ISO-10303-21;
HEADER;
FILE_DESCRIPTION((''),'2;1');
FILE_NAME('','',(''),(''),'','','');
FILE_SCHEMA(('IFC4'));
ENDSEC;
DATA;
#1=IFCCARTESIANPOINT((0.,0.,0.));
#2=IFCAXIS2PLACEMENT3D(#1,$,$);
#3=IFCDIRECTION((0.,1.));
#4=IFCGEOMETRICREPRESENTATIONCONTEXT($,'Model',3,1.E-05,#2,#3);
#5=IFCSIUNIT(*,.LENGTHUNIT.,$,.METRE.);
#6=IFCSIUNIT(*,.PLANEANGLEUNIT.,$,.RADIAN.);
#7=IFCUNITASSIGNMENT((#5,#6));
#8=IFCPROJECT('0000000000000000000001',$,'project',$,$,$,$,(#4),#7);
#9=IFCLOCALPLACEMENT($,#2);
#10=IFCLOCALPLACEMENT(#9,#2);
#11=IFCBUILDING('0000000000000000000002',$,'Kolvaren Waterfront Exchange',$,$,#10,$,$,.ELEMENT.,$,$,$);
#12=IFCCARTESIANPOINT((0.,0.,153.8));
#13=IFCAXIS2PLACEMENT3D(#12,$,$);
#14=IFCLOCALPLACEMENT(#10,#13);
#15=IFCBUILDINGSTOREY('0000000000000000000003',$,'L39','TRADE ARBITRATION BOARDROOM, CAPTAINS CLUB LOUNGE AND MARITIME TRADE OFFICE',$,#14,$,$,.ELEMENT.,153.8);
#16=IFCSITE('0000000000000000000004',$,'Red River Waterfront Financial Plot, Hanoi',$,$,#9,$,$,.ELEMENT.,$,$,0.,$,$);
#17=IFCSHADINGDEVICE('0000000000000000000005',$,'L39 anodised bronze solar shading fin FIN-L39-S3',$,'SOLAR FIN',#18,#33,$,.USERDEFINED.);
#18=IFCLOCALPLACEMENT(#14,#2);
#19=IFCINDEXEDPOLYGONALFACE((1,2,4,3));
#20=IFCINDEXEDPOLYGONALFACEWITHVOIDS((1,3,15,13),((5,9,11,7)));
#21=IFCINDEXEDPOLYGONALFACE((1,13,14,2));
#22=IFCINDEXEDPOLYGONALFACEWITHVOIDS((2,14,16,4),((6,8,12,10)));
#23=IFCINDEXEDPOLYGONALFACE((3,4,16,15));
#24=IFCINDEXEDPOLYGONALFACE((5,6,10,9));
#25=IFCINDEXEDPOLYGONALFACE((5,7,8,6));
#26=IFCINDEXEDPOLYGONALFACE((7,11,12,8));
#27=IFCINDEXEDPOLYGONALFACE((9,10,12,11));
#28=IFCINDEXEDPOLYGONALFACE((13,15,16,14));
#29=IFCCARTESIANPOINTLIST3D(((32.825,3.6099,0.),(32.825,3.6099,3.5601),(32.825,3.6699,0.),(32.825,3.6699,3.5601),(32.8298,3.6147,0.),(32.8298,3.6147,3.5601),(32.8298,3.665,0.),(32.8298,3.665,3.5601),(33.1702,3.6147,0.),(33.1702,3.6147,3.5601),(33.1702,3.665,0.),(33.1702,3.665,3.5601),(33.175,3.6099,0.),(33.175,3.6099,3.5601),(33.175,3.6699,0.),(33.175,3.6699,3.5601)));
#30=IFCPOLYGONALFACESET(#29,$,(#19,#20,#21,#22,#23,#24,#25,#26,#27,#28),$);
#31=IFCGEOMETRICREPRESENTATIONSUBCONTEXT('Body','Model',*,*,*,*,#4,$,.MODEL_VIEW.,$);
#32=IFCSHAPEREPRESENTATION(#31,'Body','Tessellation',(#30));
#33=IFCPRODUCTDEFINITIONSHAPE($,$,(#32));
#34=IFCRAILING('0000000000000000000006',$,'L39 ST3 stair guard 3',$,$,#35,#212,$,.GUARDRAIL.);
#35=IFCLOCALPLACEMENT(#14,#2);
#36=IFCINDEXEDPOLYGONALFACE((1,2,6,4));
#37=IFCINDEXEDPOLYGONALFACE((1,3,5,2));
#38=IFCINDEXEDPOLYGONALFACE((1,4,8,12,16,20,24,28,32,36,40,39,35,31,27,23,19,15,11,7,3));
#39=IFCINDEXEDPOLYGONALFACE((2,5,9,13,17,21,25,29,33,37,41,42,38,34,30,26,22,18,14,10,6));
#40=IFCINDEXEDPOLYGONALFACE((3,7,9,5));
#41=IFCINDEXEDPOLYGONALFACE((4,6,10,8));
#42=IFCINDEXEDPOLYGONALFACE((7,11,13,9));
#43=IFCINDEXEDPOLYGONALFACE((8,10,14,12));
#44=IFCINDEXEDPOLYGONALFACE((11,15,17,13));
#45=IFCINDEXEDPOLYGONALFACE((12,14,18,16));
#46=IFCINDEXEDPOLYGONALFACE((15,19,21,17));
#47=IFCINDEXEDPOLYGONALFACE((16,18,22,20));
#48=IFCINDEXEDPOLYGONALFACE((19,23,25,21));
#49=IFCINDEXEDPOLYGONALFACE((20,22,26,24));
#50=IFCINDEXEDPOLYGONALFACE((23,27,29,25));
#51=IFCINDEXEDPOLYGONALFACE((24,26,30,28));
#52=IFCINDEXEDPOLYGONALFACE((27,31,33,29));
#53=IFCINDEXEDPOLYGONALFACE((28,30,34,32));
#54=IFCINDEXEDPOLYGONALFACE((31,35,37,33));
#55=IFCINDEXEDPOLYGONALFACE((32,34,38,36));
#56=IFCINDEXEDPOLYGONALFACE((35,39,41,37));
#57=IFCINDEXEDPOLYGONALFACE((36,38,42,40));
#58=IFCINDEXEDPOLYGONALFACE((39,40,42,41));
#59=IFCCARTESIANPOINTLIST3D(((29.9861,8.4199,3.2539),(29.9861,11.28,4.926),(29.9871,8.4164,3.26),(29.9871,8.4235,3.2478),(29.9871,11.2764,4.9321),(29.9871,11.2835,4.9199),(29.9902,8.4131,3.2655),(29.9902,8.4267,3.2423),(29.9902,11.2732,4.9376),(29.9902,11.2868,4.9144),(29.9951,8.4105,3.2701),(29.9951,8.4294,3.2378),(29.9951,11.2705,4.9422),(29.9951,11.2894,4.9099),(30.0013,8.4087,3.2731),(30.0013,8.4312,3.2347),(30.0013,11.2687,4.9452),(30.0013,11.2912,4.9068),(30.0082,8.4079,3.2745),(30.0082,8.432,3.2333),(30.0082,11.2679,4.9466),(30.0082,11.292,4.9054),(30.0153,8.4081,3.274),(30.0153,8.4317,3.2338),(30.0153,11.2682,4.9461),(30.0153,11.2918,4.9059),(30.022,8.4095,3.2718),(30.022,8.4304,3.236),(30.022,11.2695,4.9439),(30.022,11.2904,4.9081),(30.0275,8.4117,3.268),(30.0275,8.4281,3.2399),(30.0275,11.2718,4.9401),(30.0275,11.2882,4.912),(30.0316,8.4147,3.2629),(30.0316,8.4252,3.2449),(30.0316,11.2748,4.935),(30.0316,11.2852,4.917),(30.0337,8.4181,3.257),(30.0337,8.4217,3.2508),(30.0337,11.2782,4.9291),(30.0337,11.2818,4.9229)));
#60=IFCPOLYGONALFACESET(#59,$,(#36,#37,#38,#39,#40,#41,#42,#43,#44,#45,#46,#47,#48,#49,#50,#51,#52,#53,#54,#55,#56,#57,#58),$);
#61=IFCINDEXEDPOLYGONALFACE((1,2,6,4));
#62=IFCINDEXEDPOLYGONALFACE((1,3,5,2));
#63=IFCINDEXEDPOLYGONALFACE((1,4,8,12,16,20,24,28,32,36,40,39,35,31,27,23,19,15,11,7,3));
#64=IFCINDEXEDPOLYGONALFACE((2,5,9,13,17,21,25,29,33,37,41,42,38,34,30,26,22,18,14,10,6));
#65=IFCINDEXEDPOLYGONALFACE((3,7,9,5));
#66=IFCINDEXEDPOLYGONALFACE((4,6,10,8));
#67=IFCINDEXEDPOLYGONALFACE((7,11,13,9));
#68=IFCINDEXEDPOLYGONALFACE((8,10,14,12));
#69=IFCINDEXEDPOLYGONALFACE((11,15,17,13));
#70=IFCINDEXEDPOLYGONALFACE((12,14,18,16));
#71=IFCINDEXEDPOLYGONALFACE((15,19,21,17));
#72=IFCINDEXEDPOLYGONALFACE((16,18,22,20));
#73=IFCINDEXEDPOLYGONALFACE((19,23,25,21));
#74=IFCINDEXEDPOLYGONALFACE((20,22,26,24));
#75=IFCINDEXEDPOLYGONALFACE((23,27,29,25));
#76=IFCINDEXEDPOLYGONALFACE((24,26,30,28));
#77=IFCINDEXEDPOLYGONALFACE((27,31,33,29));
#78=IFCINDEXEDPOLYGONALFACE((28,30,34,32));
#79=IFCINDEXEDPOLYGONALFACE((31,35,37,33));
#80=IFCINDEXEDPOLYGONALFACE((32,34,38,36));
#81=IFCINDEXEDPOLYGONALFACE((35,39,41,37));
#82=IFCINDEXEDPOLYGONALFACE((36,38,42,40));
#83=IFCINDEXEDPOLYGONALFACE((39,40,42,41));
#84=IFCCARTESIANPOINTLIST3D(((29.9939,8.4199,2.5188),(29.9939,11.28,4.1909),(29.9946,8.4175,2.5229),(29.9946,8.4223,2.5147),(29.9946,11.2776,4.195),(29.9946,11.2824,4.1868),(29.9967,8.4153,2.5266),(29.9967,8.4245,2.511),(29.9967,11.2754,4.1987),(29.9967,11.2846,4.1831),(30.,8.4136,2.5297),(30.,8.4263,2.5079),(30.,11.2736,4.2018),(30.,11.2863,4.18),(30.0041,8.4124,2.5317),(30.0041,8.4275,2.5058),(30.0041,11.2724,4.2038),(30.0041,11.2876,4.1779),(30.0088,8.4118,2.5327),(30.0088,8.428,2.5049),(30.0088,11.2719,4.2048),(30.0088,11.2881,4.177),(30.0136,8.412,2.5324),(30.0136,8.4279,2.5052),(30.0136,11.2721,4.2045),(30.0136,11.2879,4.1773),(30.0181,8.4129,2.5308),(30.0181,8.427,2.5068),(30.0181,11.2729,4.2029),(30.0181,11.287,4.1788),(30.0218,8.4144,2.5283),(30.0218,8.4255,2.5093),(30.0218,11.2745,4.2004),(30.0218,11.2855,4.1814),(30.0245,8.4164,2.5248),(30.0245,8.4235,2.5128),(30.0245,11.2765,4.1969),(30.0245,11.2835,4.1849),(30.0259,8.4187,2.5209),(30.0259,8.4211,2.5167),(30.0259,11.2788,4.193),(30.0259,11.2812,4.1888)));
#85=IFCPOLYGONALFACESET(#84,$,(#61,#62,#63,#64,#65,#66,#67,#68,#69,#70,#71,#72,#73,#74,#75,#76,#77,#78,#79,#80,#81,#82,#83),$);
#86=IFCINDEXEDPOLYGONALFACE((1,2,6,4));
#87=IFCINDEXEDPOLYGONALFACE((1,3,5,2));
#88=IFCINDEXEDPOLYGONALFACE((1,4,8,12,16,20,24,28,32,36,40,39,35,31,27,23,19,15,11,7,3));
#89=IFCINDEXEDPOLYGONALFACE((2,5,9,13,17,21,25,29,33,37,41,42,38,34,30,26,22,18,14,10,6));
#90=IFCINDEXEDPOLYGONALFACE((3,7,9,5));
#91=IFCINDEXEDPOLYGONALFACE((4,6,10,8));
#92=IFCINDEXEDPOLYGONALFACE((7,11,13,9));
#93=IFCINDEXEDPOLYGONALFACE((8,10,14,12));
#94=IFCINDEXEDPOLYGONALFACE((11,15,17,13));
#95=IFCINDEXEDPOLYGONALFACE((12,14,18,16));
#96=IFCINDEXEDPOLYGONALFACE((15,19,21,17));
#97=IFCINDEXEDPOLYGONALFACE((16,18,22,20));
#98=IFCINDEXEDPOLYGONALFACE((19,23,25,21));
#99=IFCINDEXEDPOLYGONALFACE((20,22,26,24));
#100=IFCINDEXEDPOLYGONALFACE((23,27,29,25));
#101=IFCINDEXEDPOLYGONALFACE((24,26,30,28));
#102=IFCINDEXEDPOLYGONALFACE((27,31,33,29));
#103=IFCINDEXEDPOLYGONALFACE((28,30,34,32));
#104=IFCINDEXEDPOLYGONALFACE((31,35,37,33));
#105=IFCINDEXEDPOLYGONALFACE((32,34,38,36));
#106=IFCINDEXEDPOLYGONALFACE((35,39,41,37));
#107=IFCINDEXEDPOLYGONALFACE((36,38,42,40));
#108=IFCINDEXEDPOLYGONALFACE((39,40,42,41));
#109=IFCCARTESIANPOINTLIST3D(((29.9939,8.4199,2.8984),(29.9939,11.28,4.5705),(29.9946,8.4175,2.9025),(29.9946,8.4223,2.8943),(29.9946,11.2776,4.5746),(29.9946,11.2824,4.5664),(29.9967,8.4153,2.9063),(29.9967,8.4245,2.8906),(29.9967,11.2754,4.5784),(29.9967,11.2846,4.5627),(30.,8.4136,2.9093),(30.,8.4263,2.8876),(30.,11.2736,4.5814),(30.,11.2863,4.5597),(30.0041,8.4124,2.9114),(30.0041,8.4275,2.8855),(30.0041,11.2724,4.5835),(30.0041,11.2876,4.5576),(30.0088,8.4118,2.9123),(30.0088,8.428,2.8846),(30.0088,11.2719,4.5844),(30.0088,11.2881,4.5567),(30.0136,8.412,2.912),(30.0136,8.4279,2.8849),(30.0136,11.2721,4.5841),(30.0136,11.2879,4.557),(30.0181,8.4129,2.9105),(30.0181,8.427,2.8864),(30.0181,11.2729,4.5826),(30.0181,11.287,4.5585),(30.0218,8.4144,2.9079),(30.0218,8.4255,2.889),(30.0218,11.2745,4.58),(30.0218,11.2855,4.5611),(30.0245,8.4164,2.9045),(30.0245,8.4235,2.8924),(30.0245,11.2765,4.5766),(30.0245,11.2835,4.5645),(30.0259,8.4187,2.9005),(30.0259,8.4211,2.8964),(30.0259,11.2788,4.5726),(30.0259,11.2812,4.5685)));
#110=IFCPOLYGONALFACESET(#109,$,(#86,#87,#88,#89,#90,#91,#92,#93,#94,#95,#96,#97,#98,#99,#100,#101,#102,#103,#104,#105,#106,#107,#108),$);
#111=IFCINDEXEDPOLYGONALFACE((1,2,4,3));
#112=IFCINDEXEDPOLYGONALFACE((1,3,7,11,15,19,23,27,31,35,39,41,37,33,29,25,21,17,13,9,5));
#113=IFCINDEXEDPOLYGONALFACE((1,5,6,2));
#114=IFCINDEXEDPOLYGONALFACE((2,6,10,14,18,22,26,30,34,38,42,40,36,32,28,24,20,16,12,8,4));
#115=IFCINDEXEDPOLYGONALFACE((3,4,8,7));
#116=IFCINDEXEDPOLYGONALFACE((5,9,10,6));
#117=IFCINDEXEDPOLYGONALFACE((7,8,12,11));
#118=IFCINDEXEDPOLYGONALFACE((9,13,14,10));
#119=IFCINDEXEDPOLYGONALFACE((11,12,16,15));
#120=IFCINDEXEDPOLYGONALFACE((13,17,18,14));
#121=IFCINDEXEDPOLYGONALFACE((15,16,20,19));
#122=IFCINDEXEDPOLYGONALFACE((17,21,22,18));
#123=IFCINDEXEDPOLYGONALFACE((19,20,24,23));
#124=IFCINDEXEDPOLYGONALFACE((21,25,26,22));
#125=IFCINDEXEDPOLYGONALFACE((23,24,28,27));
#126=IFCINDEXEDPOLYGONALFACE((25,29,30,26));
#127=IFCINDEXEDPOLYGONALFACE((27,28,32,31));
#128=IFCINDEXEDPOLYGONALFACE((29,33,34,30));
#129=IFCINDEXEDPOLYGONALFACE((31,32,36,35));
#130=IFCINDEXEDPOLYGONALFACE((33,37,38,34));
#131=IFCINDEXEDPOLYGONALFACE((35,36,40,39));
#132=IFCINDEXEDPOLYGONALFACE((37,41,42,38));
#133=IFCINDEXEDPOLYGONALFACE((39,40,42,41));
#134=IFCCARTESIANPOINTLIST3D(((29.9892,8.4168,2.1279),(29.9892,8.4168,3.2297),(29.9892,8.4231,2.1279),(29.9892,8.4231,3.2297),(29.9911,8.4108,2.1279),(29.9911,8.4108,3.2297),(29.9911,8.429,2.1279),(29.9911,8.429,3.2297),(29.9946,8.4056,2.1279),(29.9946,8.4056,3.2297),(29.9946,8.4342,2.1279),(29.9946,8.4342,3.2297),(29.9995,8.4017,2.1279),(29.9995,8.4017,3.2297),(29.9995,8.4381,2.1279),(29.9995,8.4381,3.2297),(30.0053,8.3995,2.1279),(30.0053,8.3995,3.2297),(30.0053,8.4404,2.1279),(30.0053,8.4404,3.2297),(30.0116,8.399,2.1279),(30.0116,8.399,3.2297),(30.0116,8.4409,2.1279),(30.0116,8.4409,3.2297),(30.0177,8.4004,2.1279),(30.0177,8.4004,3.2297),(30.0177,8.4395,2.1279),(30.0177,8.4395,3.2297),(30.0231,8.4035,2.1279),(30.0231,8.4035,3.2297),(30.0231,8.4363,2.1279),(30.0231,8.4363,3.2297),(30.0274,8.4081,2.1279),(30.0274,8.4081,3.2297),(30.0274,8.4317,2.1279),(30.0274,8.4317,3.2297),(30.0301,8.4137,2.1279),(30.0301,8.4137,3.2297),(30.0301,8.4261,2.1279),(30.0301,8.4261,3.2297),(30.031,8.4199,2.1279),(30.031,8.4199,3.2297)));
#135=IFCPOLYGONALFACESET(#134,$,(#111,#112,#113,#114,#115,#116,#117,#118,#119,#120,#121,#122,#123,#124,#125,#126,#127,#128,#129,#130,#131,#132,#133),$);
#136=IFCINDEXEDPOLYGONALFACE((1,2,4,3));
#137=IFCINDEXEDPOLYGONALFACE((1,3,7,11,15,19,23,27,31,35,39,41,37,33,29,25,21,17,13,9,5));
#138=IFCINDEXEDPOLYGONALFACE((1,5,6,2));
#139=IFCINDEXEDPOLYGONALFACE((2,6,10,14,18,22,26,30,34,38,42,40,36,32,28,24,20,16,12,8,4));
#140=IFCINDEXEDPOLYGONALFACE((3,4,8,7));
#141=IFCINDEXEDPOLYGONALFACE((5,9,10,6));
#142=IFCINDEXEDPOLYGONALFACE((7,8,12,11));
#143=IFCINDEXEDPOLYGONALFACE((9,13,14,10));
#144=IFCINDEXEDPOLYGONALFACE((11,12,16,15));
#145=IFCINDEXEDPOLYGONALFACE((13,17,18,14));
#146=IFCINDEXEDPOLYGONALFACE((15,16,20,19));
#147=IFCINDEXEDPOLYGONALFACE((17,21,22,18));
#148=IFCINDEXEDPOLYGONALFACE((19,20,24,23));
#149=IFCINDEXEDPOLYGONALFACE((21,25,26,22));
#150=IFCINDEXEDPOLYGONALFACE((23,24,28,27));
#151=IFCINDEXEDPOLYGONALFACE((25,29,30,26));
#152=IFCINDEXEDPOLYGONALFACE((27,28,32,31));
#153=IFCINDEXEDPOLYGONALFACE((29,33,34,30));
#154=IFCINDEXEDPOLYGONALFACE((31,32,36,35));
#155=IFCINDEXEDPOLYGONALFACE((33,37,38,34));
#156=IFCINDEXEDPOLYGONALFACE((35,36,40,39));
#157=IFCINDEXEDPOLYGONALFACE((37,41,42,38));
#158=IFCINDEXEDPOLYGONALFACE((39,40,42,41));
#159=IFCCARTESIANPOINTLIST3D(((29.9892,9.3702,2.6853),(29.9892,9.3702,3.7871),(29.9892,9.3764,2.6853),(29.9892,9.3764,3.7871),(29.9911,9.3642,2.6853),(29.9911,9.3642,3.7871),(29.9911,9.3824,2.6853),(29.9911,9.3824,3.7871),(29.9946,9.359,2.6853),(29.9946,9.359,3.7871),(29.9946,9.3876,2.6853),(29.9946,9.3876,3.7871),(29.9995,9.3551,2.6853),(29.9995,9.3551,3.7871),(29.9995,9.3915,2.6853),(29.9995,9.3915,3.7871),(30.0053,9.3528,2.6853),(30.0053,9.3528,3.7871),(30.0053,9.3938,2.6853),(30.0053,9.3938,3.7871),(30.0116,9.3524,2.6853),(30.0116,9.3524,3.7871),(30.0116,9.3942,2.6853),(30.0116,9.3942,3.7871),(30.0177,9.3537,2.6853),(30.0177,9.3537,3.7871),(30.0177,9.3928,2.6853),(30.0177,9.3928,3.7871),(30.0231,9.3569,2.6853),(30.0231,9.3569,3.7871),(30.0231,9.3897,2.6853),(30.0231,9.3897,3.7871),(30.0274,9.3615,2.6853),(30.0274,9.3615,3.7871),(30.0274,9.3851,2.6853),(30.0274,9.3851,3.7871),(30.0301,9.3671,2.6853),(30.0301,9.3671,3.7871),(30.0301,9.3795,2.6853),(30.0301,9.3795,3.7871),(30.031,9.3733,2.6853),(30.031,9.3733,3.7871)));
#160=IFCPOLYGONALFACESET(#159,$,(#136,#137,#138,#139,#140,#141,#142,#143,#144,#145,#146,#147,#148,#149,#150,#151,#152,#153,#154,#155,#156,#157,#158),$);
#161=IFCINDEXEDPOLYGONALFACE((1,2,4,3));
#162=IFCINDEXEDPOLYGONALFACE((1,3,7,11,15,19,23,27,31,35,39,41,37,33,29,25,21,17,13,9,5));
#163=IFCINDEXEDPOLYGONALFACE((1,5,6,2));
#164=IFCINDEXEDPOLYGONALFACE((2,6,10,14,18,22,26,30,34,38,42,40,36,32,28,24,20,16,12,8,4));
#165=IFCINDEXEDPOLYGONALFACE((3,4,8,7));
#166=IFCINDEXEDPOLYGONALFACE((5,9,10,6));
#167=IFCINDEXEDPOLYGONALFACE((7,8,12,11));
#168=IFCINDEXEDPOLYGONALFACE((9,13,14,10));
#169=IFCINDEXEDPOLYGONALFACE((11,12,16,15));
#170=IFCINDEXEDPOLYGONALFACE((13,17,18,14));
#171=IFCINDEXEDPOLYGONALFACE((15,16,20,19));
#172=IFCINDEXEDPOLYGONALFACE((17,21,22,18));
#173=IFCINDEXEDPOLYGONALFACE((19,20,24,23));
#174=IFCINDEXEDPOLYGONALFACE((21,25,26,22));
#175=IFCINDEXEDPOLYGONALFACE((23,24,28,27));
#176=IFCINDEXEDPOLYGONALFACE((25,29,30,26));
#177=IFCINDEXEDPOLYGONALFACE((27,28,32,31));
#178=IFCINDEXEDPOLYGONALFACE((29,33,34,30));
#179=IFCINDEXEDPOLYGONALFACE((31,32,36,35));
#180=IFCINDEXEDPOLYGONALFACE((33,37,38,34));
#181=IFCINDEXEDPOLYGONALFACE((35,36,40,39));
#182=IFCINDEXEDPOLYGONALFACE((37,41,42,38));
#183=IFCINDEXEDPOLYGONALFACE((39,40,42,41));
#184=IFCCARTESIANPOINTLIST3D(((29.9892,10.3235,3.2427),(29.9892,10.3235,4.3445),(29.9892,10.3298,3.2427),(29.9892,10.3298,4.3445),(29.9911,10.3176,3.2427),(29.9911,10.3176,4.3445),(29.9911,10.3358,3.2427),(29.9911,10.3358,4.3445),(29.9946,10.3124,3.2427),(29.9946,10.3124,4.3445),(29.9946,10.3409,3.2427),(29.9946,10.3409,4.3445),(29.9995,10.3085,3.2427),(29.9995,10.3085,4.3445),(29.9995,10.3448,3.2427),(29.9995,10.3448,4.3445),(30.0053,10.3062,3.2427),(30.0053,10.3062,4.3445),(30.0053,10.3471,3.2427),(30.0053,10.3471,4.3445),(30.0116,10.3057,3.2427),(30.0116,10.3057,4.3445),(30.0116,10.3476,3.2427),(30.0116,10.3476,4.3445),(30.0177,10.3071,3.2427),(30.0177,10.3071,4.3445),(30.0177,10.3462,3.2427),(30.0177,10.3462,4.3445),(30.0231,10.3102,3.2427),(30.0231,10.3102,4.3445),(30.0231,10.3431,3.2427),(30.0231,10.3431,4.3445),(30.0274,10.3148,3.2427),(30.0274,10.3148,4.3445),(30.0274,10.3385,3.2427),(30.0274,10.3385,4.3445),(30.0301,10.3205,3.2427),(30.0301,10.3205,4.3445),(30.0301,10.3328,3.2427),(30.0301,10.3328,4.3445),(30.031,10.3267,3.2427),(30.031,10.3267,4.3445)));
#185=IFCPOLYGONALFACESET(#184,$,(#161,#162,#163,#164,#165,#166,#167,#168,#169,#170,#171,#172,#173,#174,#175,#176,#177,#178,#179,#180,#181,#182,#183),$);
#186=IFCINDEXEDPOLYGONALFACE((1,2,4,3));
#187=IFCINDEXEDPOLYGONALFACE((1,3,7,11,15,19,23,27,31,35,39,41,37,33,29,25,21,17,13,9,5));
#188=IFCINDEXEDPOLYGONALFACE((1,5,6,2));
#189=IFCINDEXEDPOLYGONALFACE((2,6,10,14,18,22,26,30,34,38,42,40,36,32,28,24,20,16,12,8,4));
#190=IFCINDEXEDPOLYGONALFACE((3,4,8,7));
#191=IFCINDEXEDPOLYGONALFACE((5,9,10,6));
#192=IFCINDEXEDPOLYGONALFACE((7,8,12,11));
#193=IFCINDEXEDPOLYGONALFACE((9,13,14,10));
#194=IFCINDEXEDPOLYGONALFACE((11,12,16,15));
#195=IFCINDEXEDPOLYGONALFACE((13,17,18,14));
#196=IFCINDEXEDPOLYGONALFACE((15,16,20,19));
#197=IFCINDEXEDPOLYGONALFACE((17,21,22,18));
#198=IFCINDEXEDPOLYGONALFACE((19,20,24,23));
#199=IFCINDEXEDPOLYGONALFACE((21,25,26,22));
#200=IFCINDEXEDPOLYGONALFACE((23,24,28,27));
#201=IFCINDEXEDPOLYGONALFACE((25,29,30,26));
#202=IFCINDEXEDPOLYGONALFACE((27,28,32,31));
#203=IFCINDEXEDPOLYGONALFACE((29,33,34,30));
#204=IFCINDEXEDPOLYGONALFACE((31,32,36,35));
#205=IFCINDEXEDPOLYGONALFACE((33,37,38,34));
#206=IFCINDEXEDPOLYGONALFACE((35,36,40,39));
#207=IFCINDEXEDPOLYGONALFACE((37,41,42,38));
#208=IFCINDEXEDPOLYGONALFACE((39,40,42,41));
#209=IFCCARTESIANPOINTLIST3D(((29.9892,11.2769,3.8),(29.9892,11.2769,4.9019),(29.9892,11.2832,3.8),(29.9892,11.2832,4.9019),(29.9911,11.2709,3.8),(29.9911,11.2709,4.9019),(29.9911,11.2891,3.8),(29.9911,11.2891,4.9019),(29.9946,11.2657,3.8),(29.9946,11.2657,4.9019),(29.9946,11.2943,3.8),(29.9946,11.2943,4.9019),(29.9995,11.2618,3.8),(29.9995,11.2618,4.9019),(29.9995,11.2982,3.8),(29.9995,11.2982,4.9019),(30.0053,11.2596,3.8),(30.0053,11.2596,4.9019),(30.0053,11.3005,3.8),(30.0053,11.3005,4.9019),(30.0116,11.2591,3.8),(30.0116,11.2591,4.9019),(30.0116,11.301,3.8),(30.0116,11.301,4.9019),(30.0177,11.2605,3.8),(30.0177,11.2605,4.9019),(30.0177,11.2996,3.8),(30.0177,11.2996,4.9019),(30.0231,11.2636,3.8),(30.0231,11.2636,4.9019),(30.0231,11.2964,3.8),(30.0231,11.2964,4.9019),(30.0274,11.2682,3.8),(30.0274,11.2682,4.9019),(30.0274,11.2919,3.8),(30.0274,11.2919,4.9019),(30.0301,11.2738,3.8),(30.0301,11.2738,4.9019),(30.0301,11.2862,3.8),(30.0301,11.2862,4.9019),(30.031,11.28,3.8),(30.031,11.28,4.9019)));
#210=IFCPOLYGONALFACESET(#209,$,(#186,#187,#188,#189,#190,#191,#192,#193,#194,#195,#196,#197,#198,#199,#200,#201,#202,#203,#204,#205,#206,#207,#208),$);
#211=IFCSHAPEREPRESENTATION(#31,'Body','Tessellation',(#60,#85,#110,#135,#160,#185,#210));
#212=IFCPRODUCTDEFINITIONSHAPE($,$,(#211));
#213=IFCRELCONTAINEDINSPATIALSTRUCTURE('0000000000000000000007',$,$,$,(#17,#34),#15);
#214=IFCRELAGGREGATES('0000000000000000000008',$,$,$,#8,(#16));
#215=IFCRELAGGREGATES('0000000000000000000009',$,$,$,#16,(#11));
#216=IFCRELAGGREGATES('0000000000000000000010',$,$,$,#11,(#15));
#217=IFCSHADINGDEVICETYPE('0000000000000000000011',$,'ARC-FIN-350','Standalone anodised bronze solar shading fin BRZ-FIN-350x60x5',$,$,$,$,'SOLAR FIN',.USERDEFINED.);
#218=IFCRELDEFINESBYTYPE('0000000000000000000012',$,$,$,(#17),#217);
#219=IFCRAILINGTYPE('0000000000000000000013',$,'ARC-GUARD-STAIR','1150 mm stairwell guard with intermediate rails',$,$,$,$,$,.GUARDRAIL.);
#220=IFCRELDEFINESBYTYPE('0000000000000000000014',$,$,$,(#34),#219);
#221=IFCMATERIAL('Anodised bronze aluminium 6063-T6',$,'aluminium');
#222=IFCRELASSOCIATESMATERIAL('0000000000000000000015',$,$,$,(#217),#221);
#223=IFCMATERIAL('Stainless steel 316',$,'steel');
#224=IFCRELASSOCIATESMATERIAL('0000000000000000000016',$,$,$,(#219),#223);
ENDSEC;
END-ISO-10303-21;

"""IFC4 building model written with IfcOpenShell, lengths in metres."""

from ifc_helpers import new_model, si_unit, direction, frame, origin, origin_2d, place, context, subcontext, project, spatial, hollow_rectangle, circle, extrude, material, material_profile, profile_set, type_object, element, save


model = new_model("IFC4")

# Units and contexts
model_context = context("Model", 3, precision=1e-05, world=origin(), true_north=direction((0.0, 1.0)))
body_context = subcontext(model_context, "Body", "Model", "MODEL_VIEW")
ifc_project = project(units=[si_unit("LENGTHUNIT", "METRE"), si_unit("PLANEANGLEUNIT", "RADIAN")], contexts=[model_context])

# Site, building, storey
site_placement = place(None, origin())
site = spatial("IfcSite", under=ifc_project, at=site_placement, Name="Red River Waterfront Financial Plot, Hanoi", CompositionType="ELEMENT", RefElevation=0.0)
building_placement = place(site_placement, origin())
building = spatial("IfcBuilding", under=site, at=building_placement, Name="Kolvaren Waterfront Exchange", CompositionType="ELEMENT")
storey_placement = place(building_placement, frame((0.0, 0.0, 153.8)))
storey = spatial("IfcBuildingStorey", under=building, at=storey_placement, Name="L39", Description="TRADE ARBITRATION BOARDROOM, CAPTAINS CLUB LOUNGE AND MARITIME TRADE OFFICE", CompositionType="ELEMENT", Elevation=153.8)

# Shared definitions
ifc_material_1 = material(Name="Anodised bronze aluminium 6063-T6", Category="aluminium")

# Shading device
ifc_material_profile_1 = material_profile(ifc_material_1, hollow_rectangle(XDim=0.0601, YDim=0.3501, WallThickness=0.0049, at=origin_2d()), Name="BRZ-FIN-350x60x5")
ifc_profile_set_1 = profile_set([ifc_material_profile_1], Name="Anodised bronze aluminium 6063-T6")
shading_device_type = type_object("IfcShadingDeviceType", Name="ARC-FIN-350", Description="Standalone anodised bronze solar shading fin BRZ-FIN-350x60x5", ElementType="SOLAR FIN", PredefinedType="USERDEFINED", material=ifc_profile_set_1)
shading_device_placement = place(storey_placement, frame((33.0, 3.6399, 0.0), z_axis=(0.0, 0.0, 1.0), x_axis=(0.0, -1.0, 0.0)))
element("IfcShadingDevice", 1, at=shading_device_placement, inside=storey, type_object=shading_device_type, Name="L39 anodised bronze solar shading fin FIN-L39-S3", ObjectType="SOLAR FIN", PredefinedType="USERDEFINED", context=body_context, shape_type="SweptSolid", body=[
    extrude(hollow_rectangle(XDim=0.0601, YDim=0.3501, WallThickness=0.0049, at=origin_2d()), origin(), (0.0, 0.0, 1.0), 3.5601),
])

# Railing
ifc_material_2 = material(Name="Stainless steel 316", Category="steel")
railing_type_1 = type_object("IfcRailingType", Name="ARC-GUARD-STAIR", Description="1150 mm stairwell guard with intermediate rails", PredefinedType="GUARDRAIL", material=ifc_material_2)
railing_1_placement = place(storey_placement, frame((30.01, 8.4199, 2.1279)))
element("IfcRailing", 2, at=railing_1_placement, inside=storey, type_object=railing_type_1, Name="L39 ST3 stair guard 3", PredefinedType="GUARDRAIL", context=body_context, shape_type="SweptSolid", body=[
    extrude(circle(Radius=0.0239, at=origin_2d()), frame((0.0, 0.0, 1.126), z_axis=(0.0, 0.863289, 0.504709), x_axis=(-1.0, 0.0, 0.0)), (0.0, 0.0, 1.0), 3.313),
    extrude(circle(Radius=0.0161, at=origin_2d()), frame((0.0, 0.0, 0.3909), z_axis=(0.0, 0.863289, 0.504709), x_axis=(-1.0, 0.0, 0.0)), (0.0, 0.0, 1.0), 3.313),
    extrude(circle(Radius=0.0161, at=origin_2d()), frame((0.0, 0.0, 0.7705), z_axis=(0.0, 0.863289, 0.504709), x_axis=(-1.0, 0.0, 0.0)), (0.0, 0.0, 1.0), 3.313),
    extrude(circle(Radius=0.021, at=origin_2d()), origin(), (0.0, 0.0, 1.0), 1.1018),
    extrude(circle(Radius=0.021, at=origin_2d()), frame((0.0, 0.9534, 0.5574)), (0.0, 0.0, 1.0), 1.1018),
    extrude(circle(Radius=0.021, at=origin_2d()), frame((0.0, 1.9067, 1.1147)), (0.0, 0.0, 1.0), 1.1018),
    extrude(circle(Radius=0.021, at=origin_2d()), frame((0.0, 2.8601, 1.6721)), (0.0, 0.0, 1.0), 1.1018),
])

save(model, "model.ifc")
